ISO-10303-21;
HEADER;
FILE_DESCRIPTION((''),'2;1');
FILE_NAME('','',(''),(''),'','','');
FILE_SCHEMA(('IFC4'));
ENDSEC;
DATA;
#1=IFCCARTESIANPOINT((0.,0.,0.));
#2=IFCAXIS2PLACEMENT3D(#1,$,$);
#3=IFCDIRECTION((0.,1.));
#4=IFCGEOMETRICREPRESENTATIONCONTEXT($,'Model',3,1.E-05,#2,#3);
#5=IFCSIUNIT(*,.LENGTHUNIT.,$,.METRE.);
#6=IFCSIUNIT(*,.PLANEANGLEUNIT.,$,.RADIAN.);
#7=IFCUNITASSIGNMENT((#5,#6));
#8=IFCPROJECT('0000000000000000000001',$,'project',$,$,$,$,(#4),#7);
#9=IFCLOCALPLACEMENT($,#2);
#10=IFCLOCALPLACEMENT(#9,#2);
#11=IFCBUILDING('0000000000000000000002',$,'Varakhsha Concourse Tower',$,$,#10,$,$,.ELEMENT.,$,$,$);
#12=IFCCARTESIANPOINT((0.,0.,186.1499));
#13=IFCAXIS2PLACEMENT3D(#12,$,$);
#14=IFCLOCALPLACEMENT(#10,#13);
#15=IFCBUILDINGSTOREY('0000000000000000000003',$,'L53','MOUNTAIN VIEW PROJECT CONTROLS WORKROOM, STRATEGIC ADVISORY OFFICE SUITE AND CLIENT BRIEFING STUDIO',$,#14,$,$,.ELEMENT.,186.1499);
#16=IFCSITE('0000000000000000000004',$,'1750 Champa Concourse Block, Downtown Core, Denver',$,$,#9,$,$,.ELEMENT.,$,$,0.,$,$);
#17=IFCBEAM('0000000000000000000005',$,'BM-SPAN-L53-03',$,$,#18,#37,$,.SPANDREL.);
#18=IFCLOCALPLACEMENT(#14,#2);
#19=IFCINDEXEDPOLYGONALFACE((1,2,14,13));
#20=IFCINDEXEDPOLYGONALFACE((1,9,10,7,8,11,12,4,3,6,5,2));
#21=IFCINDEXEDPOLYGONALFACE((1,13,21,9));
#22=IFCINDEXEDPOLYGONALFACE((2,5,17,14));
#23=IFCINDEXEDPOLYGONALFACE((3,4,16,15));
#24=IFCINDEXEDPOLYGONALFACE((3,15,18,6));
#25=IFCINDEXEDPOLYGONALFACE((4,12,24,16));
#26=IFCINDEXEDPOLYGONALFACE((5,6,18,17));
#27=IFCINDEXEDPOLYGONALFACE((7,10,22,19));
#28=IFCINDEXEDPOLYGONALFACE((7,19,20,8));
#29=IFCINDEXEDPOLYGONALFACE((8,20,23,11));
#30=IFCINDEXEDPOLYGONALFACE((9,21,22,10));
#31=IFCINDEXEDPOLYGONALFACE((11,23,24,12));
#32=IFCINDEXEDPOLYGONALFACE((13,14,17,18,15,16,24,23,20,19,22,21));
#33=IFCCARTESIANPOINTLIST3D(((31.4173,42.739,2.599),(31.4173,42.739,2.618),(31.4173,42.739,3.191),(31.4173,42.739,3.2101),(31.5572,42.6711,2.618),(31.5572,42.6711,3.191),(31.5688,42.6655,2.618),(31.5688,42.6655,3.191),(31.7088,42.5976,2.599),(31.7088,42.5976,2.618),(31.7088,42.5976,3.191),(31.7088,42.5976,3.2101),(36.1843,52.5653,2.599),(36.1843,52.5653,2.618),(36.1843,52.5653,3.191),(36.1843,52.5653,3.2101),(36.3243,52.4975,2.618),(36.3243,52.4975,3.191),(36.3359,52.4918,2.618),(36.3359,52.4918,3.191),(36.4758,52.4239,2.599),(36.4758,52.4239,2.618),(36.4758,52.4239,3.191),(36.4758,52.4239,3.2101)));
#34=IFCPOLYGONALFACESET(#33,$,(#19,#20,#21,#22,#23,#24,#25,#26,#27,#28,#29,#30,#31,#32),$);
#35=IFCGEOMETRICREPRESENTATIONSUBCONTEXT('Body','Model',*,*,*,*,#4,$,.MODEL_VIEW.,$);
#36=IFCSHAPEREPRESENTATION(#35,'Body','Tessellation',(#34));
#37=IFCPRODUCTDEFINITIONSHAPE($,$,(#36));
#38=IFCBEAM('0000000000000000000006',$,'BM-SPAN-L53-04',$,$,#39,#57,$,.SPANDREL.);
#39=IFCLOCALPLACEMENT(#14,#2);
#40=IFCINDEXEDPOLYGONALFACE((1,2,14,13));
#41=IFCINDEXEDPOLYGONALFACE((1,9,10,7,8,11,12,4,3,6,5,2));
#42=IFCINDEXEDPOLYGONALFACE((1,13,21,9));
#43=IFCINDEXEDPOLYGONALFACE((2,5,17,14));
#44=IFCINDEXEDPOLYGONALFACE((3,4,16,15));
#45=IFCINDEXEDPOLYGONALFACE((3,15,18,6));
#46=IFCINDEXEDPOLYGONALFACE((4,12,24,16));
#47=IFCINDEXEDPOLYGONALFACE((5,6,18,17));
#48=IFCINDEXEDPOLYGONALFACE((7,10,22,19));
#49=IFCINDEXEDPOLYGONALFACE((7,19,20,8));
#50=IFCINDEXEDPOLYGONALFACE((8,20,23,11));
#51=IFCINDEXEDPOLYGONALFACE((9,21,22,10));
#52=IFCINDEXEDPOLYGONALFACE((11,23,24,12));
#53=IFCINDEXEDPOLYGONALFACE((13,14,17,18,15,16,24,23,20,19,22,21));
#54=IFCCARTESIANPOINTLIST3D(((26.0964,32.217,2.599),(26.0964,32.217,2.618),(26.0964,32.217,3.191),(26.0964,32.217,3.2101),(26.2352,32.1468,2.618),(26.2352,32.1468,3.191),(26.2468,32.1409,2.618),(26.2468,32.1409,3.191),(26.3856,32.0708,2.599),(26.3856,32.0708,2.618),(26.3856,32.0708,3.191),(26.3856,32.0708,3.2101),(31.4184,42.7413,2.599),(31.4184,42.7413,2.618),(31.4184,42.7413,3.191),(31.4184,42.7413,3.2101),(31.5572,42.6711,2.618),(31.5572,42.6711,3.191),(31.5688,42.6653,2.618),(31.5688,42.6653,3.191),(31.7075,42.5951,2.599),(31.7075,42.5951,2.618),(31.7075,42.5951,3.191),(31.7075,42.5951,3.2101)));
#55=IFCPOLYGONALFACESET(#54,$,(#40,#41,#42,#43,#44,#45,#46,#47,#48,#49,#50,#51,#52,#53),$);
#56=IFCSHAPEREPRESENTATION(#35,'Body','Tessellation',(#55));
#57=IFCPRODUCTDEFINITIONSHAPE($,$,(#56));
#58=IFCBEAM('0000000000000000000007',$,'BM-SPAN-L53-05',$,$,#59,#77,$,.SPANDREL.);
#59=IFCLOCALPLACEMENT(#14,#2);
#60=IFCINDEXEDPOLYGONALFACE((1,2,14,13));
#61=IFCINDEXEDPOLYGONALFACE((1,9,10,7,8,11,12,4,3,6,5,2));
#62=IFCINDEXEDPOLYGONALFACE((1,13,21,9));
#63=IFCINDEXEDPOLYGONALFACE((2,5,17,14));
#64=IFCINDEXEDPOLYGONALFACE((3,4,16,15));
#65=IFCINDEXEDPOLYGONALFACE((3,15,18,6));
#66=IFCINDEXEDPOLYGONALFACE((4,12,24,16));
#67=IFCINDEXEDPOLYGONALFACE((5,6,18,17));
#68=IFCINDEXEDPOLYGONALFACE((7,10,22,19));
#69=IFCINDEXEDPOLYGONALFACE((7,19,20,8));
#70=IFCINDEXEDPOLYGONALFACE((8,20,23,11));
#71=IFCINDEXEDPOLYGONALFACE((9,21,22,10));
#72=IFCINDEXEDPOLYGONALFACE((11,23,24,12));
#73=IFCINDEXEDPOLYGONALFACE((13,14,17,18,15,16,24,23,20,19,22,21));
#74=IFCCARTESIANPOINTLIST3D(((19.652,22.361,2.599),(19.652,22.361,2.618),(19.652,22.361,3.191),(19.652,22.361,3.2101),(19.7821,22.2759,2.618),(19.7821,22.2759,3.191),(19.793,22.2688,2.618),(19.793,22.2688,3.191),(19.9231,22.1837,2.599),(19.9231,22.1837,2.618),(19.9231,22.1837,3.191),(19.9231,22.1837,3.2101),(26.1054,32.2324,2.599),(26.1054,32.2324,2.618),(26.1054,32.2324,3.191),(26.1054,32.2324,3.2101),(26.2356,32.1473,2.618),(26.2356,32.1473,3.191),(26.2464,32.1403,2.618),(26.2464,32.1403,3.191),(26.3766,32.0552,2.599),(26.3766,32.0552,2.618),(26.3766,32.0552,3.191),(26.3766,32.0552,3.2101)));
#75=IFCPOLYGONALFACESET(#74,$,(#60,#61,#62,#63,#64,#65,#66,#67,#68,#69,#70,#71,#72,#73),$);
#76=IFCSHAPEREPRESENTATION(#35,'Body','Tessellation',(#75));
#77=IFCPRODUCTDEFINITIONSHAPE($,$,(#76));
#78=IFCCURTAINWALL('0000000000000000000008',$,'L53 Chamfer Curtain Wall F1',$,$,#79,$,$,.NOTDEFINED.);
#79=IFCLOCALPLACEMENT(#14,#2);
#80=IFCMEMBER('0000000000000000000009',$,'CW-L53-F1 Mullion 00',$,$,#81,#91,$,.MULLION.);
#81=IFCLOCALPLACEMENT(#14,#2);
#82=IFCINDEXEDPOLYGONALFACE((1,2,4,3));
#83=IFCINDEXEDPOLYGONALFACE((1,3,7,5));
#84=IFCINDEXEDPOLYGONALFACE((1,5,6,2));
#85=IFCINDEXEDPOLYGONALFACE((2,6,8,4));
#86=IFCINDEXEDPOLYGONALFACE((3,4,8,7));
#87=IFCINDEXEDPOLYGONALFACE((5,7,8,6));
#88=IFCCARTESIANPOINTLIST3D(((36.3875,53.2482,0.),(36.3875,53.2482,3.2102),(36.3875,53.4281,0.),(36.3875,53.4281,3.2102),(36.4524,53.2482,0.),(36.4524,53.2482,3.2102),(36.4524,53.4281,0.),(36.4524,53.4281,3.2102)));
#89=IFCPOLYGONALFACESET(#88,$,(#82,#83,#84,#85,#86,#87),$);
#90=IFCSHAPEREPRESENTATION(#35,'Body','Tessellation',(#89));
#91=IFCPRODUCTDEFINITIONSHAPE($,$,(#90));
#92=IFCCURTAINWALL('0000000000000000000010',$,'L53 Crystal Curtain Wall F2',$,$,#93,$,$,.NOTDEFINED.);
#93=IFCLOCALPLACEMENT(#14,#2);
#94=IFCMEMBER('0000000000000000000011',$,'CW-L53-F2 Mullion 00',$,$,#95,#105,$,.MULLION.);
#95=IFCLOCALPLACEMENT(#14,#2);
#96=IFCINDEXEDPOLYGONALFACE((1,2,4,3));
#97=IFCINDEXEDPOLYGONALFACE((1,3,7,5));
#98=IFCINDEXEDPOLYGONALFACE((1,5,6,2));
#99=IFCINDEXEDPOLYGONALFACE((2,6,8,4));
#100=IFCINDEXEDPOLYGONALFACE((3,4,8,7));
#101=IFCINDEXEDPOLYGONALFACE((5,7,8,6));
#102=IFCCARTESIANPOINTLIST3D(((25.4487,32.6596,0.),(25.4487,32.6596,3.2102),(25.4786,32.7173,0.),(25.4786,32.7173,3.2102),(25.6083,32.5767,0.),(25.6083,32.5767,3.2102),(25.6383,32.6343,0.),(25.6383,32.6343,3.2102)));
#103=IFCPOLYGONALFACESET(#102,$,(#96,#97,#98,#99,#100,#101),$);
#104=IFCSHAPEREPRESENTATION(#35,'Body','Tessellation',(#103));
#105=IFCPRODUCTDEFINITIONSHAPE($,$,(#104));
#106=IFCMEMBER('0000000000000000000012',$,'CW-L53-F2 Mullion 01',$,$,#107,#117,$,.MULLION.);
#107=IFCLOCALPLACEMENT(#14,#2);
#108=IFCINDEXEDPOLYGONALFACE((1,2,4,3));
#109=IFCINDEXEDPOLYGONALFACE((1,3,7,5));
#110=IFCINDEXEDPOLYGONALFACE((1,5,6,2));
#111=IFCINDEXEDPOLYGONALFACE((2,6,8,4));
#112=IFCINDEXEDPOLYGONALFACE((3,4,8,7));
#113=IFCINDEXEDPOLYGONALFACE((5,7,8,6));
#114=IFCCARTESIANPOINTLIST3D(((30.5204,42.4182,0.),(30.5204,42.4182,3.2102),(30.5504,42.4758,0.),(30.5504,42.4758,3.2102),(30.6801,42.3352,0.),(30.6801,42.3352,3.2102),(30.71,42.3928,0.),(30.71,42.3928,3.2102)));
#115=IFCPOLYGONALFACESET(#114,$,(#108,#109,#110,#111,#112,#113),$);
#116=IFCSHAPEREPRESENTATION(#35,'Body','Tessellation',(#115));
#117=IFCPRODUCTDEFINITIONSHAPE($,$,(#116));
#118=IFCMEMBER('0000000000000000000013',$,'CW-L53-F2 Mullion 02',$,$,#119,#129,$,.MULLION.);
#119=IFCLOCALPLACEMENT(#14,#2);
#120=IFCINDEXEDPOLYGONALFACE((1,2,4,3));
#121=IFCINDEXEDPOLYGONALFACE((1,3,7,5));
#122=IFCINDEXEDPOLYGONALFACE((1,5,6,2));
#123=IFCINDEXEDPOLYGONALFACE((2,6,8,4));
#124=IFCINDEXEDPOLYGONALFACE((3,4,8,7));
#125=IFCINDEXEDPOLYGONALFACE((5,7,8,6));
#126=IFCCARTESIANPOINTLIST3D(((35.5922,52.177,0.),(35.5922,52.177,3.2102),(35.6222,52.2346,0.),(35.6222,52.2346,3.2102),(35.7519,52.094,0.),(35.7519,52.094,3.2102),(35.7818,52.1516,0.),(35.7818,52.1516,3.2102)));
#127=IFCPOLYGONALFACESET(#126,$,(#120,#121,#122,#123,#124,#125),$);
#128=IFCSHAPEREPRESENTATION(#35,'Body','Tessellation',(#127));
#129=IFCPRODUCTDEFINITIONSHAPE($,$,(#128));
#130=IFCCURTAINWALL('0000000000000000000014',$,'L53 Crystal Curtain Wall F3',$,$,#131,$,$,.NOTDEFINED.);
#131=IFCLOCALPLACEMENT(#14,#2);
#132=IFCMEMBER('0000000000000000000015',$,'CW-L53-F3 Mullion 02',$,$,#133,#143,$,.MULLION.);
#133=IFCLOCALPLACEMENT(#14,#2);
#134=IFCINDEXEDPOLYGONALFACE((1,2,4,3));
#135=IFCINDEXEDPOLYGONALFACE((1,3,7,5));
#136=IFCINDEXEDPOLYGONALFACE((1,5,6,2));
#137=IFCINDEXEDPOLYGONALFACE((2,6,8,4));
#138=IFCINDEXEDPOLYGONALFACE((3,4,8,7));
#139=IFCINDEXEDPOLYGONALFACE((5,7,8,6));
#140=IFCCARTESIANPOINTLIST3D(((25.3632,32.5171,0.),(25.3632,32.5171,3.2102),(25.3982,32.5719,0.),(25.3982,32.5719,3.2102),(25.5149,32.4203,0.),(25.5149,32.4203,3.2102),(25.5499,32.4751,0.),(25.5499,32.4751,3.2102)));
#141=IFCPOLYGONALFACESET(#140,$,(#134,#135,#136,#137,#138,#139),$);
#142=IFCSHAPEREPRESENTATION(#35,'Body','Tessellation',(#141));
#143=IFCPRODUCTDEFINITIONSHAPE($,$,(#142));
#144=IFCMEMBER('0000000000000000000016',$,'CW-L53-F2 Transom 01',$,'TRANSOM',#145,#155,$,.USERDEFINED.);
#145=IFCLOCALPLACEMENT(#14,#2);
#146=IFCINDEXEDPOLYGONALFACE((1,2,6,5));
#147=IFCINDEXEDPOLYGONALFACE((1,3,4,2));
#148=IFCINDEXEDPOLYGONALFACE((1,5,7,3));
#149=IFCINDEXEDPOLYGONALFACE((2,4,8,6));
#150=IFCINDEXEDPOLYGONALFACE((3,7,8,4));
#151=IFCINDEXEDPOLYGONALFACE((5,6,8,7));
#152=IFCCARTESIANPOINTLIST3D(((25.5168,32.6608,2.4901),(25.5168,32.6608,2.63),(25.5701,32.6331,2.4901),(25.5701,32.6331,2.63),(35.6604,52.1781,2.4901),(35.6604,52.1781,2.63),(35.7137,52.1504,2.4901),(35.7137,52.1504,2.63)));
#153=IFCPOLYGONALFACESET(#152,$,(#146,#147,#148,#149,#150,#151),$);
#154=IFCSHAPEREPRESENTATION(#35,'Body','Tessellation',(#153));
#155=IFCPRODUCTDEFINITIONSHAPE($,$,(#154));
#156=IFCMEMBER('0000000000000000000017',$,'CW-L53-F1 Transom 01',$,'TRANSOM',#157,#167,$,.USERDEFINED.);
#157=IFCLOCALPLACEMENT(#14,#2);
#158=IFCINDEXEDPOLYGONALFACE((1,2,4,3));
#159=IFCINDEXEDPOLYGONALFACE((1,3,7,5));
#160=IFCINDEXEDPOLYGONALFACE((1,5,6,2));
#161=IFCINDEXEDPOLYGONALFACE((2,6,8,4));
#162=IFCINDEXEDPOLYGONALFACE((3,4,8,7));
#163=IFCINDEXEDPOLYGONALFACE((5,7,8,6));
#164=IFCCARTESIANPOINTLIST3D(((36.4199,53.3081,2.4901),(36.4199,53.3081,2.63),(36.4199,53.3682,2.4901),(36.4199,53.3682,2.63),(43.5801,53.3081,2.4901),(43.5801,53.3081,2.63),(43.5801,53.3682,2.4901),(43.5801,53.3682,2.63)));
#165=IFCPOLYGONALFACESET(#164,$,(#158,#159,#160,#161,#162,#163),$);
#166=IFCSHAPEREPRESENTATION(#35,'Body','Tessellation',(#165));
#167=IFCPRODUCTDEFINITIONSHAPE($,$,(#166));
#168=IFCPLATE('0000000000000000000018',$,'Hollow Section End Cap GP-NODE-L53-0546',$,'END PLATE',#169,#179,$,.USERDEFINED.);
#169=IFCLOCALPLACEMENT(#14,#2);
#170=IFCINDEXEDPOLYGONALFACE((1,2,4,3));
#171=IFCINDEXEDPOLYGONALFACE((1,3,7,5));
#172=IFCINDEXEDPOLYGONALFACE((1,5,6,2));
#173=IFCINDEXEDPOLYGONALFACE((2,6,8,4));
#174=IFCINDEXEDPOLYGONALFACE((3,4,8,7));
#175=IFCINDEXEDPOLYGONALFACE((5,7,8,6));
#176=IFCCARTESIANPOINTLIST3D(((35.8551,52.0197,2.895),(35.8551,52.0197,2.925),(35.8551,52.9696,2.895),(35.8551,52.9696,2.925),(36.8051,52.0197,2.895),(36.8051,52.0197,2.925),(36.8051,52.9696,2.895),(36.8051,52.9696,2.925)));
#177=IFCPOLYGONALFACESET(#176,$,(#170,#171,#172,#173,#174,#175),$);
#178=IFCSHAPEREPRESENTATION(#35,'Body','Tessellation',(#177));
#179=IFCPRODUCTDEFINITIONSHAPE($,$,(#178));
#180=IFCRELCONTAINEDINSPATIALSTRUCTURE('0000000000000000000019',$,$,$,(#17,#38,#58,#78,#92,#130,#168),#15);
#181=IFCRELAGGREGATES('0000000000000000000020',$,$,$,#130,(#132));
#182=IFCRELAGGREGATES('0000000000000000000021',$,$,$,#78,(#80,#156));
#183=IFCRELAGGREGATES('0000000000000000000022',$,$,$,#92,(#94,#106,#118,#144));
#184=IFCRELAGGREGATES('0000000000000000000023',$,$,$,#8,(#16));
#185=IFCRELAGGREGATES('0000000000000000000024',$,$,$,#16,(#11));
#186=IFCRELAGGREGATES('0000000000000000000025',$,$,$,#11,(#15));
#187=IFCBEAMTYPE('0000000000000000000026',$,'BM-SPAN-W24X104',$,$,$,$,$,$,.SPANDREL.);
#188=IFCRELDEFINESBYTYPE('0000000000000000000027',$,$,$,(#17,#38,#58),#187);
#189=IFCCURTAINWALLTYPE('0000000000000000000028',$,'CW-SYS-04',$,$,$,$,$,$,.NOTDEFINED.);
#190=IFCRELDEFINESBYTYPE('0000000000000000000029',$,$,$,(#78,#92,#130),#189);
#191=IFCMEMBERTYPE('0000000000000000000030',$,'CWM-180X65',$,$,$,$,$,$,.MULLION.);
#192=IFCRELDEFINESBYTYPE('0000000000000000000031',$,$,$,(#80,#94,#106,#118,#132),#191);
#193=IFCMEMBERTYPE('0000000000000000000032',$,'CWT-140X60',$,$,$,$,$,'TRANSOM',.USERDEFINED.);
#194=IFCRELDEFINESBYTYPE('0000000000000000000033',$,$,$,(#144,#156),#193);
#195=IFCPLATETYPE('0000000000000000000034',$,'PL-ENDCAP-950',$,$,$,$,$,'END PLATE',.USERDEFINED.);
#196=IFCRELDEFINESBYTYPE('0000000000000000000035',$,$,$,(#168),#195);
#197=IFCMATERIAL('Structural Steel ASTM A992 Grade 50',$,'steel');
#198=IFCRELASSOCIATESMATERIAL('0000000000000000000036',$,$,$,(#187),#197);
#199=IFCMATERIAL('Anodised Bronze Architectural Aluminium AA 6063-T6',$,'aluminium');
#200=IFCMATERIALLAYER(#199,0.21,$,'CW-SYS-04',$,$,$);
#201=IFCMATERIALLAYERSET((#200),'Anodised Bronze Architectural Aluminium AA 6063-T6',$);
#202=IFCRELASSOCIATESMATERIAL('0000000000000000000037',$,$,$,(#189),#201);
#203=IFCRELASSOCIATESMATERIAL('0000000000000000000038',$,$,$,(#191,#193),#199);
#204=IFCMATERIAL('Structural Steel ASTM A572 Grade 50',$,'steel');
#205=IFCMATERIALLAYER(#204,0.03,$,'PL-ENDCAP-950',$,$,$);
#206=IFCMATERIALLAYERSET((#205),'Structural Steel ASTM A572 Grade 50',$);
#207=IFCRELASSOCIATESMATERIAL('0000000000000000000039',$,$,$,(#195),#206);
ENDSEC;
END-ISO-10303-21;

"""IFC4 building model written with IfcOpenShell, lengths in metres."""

from ifc_helpers import new_model, si_unit, direction, frame, origin, origin_2d, place, context, subcontext, project, spatial, rectangle, i_section, extrude, source, transform, mapped, material, layer, layer_set, material_profile, profile_set, type_object, type_shapes, element, aggregate, save


model = new_model("IFC4")

# Units and contexts
model_context = context("Model", 3, precision=1e-05, world=origin(), true_north=direction((0.0, 1.0)))
body_context = subcontext(model_context, "Body", "Model", "MODEL_VIEW")
ifc_project = project(units=[si_unit("LENGTHUNIT", "METRE"), si_unit("PLANEANGLEUNIT", "RADIAN")], contexts=[model_context])

# Site, building, storey
site_placement = place(None, origin())
site = spatial("IfcSite", under=ifc_project, at=site_placement, Name="1750 Champa Concourse Block, Downtown Core, Denver", CompositionType="ELEMENT", RefElevation=0.0)
building_placement = place(site_placement, origin())
building = spatial("IfcBuilding", under=site, at=building_placement, Name="Varakhsha Concourse Tower", CompositionType="ELEMENT")
storey_placement = place(building_placement, frame((0.0, 0.0, 186.1499)))
storey = spatial("IfcBuildingStorey", under=building, at=storey_placement, Name="L53", Description="MOUNTAIN VIEW PROJECT CONTROLS WORKROOM, STRATEGIC ADVISORY OFFICE SUITE AND CLIENT BRIEFING STUDIO", CompositionType="ELEMENT", Elevation=186.1499)

# Shared definitions
ifc_material_1 = material(Name="Structural Steel ASTM A992 Grade 50", Category="steel")
ifc_material_2 = material(Name="Structural Steel ASTM A572 Grade 50", Category="steel")

# Beams
ifc_material_profile_1 = material_profile(ifc_material_1, i_section(OverallWidth=0.324, OverallDepth=0.6111, WebThickness=0.0129, FlangeThickness=0.019, at=origin_2d()), Name="W24X104")
ifc_profile_set_1 = profile_set([ifc_material_profile_1], Name="Structural Steel ASTM A992 Grade 50")
beam_type_1 = type_object("IfcBeamType", Name="BM-SPAN-W24X104", PredefinedType="SPANDREL", material=ifc_profile_set_1)
beam_1_placement = place(storey_placement, frame((36.3301, 52.4946, 2.9045), z_axis=(-0.436479, -0.899715, 0.0), x_axis=(0.899715, -0.436479, 0.0)))
element("IfcBeam", 1, at=beam_1_placement, inside=storey, type_object=beam_type_1, Name="BM-SPAN-L53-03", PredefinedType="SPANDREL", context=body_context, shape_type="SweptSolid", body=[
    extrude(i_section(OverallWidth=0.324, OverallDepth=0.6111, WebThickness=0.0129, FlangeThickness=0.019, at=origin_2d()), origin(), (0.0, 0.0, 1.0), 10.9216),
])
beam_2_placement = place(storey_placement, frame((31.563, 42.6682, 2.9045), z_axis=(-0.451266, -0.892389, 0.0), x_axis=(0.892389, -0.451266, 0.0)))
element("IfcBeam", 2, at=beam_2_placement, inside=storey, type_object=beam_type_1, Name="BM-SPAN-L53-04", PredefinedType="SPANDREL", context=body_context, shape_type="SweptSolid", body=[
    extrude(i_section(OverallWidth=0.324, OverallDepth=0.6111, WebThickness=0.0129, FlangeThickness=0.019, at=origin_2d()), origin(), (0.0, 0.0, 1.0), 11.7935),
])
beam_3_placement = place(storey_placement, frame((26.241, 32.1438, 2.9045), z_axis=(-0.547192, -0.837007, 0.0), x_axis=(0.837007, -0.547192, 0.0)))
element("IfcBeam", 3, at=beam_3_placement, inside=storey, type_object=beam_type_1, Name="BM-SPAN-L53-05", PredefinedType="SPANDREL", context=body_context, shape_type="SweptSolid", body=[
    extrude(i_section(OverallWidth=0.324, OverallDepth=0.6111, WebThickness=0.0129, FlangeThickness=0.019, at=origin_2d()), origin(), (0.0, 0.0, 1.0), 11.7937),
])

# Curtain wall, member
ifc_material_3 = material(Name="Anodised Bronze Architectural Aluminium AA 6063-T6", Category="aluminium")
ifc_layer_1 = layer(ifc_material_3, 0.21, Name="CW-SYS-04")
ifc_layer_set_1 = layer_set([ifc_layer_1], Name="Anodised Bronze Architectural Aluminium AA 6063-T6")
curtain_wall_type = type_object("IfcCurtainWallType", Name="CW-SYS-04", PredefinedType="NOTDEFINED", material=ifc_layer_set_1)
curtain_wall_1_placement = place(storey_placement, origin())
curtain_wall_1 = element("IfcCurtainWall", 4, at=curtain_wall_1_placement, inside=storey, type_object=curtain_wall_type, Name="L53 Chamfer Curtain Wall F1", PredefinedType="NOTDEFINED")
ifc_material_profile_2 = material_profile(ifc_material_3, rectangle(XDim=0.0649, YDim=0.1799, at=origin_2d()), Name="CWM-180X65")
ifc_profile_set_2 = profile_set([ifc_material_profile_2], Name="Anodised Bronze Architectural Aluminium AA 6063-T6")
member_type_1 = type_object("IfcMemberType", Name="CWM-180X65", PredefinedType="MULLION", material=ifc_profile_set_2)
shared_shape_1 = source(origin(), body_context, "Body", "SweptSolid", [
    extrude(rectangle(XDim=0.0649, YDim=0.1799, at=origin_2d()), origin(), (0.0, 0.0, 1.0), 3.2102),
])
type_shapes(member_type_1, [shared_shape_1])
member_1_placement = place(storey_placement, frame((36.4199, 53.3381, 0.0), z_axis=(0.0, 0.0, 1.0), x_axis=(1.0, 0.0, 0.0)))
member_1 = element("IfcMember", 5, at=member_1_placement, type_object=member_type_1, Name="CW-L53-F1 Mullion 00", PredefinedType="MULLION", context=body_context, shape_type="MappedRepresentation", body=[
    mapped(shared_shape_1, transform((0.0, 0.0, 0.0), scale=1.0)),
])

# Curtain wall, members
curtain_wall_2_placement = place(storey_placement, origin())
curtain_wall_2 = element("IfcCurtainWall", 6, at=curtain_wall_2_placement, inside=storey, type_object=curtain_wall_type, Name="L53 Crystal Curtain Wall F2", PredefinedType="NOTDEFINED")
member_2_placement = place(storey_placement, frame((25.5435, 32.647, 0.0), z_axis=(0.0, 0.0, 1.0), x_axis=(0.461156, 0.887319, 0.0)))
member_2 = element("IfcMember", 7, at=member_2_placement, type_object=member_type_1, Name="CW-L53-F2 Mullion 00", PredefinedType="MULLION", context=body_context, shape_type="MappedRepresentation", body=[
    mapped(shared_shape_1, transform((0.0, 0.0, 0.0), scale=1.0)),
])
member_3_placement = place(storey_placement, frame((30.6152, 42.4055, 0.0), z_axis=(0.0, 0.0, 1.0), x_axis=(0.461156, 0.887319, 0.0)))
member_3 = element("IfcMember", 8, at=member_3_placement, type_object=member_type_1, Name="CW-L53-F2 Mullion 01", PredefinedType="MULLION", context=body_context, shape_type="MappedRepresentation", body=[
    mapped(shared_shape_1, transform((0.0, 0.0, 0.0), scale=1.0)),
])
member_4_placement = place(storey_placement, frame((35.687, 52.1643, 0.0), z_axis=(0.0, 0.0, 1.0), x_axis=(0.461156, 0.887319, 0.0)))
member_4 = element("IfcMember", 9, at=member_4_placement, type_object=member_type_1, Name="CW-L53-F2 Mullion 02", PredefinedType="MULLION", context=body_context, shape_type="MappedRepresentation", body=[
    mapped(shared_shape_1, transform((0.0, 0.0, 0.0), scale=1.0)),
])

# Curtain wall, member
curtain_wall_3_placement = place(storey_placement, origin())
curtain_wall_3 = element("IfcCurtainWall", 10, at=curtain_wall_3_placement, inside=storey, type_object=curtain_wall_type, Name="L53 Crystal Curtain Wall F3", PredefinedType="NOTDEFINED")
member_5_placement = place(storey_placement, frame((25.4565, 32.4961, 0.0), z_axis=(0.0, 0.0, 1.0), x_axis=(0.537863, 0.843032, 0.0)))
member_5 = element("IfcMember", 11, at=member_5_placement, type_object=member_type_1, Name="CW-L53-F3 Mullion 02", PredefinedType="MULLION", context=body_context, shape_type="MappedRepresentation", body=[
    mapped(shared_shape_1, transform((0.0, 0.0, 0.0), scale=1.0)),
])
aggregate(curtain_wall_3, [member_5])

# Members
ifc_material_profile_3 = material_profile(ifc_material_3, rectangle(XDim=0.0601, YDim=0.1399, at=origin_2d()), Name="CWT-140X60")
ifc_profile_set_3 = profile_set([ifc_material_profile_3], Name="Anodised Bronze Architectural Aluminium AA 6063-T6")
member_type_2 = type_object("IfcMemberType", Name="CWT-140X60", ElementType="TRANSOM", PredefinedType="USERDEFINED", material=ifc_profile_set_3)
shared_shape_2 = source(origin(), body_context, "Body", "SweptSolid", [
    extrude(rectangle(XDim=0.0601, YDim=0.1399, at=origin_2d()), origin(), (0.0, 0.0, 1.0), 21.9958),
])
member_6_placement = place(storey_placement, frame((25.5435, 32.647, 2.5601), z_axis=(0.461157, 0.887318, 0.0), x_axis=(-0.887318, 0.461157, 0.0)))
member_6 = element("IfcMember", 12, at=member_6_placement, type_object=member_type_2, Name="CW-L53-F2 Transom 01", ObjectType="TRANSOM", PredefinedType="USERDEFINED", context=body_context, shape_type="MappedRepresentation", body=[
    mapped(shared_shape_2, transform((0.0, 0.0, 0.0), scale=1.0)),
])
shared_shape_3 = source(origin(), body_context, "Body", "SweptSolid", [
    extrude(rectangle(XDim=0.0601, YDim=0.1399, at=origin_2d()), origin(), (0.0, 0.0, 1.0), 7.1602),
])
type_shapes(member_type_2, [shared_shape_2, shared_shape_3])
member_7_placement = place(storey_placement, frame((36.4199, 53.3381, 2.5601), z_axis=(1.0, 0.0, 0.0), x_axis=(0.0, 1.0, 0.0)))
member_7 = element("IfcMember", 13, at=member_7_placement, type_object=member_type_2, Name="CW-L53-F1 Transom 01", ObjectType="TRANSOM", PredefinedType="USERDEFINED", context=body_context, shape_type="MappedRepresentation", body=[
    mapped(shared_shape_3, transform((0.0, 0.0, 0.0), scale=1.0)),
])
aggregate(curtain_wall_1, [member_1, member_7])

# Plate
ifc_layer_2 = layer(ifc_material_2, 0.03, Name="PL-ENDCAP-950")
ifc_layer_set_2 = layer_set([ifc_layer_2], Name="Structural Steel ASTM A572 Grade 50")
plate_type_1 = type_object("IfcPlateType", Name="PL-ENDCAP-950", ElementType="END PLATE", PredefinedType="USERDEFINED", material=ifc_layer_set_2)
shared_shape_4 = source(origin(), body_context, "Body", "SweptSolid", [
    extrude(rectangle(XDim=0.95, YDim=0.95, at=origin_2d()), origin(), (0.0, 0.0, 1.0), 0.03),
])
type_shapes(plate_type_1, [shared_shape_4])
plate_1_placement = place(storey_placement, frame((36.3301, 52.4946, 2.895), z_axis=(0.0, 0.0, 1.0), x_axis=(1.0, 0.0, 0.0)))
element("IfcPlate", 14, at=plate_1_placement, inside=storey, type_object=plate_type_1, Name="Hollow Section End Cap GP-NODE-L53-0546", ObjectType="END PLATE", PredefinedType="USERDEFINED", context=body_context, shape_type="MappedRepresentation", body=[
    mapped(shared_shape_4, transform((0.0, 0.0, 0.0), scale=1.0)),
])
aggregate(curtain_wall_2, [member_2, member_3, member_4, member_6])

save(model, "model.ifc")
